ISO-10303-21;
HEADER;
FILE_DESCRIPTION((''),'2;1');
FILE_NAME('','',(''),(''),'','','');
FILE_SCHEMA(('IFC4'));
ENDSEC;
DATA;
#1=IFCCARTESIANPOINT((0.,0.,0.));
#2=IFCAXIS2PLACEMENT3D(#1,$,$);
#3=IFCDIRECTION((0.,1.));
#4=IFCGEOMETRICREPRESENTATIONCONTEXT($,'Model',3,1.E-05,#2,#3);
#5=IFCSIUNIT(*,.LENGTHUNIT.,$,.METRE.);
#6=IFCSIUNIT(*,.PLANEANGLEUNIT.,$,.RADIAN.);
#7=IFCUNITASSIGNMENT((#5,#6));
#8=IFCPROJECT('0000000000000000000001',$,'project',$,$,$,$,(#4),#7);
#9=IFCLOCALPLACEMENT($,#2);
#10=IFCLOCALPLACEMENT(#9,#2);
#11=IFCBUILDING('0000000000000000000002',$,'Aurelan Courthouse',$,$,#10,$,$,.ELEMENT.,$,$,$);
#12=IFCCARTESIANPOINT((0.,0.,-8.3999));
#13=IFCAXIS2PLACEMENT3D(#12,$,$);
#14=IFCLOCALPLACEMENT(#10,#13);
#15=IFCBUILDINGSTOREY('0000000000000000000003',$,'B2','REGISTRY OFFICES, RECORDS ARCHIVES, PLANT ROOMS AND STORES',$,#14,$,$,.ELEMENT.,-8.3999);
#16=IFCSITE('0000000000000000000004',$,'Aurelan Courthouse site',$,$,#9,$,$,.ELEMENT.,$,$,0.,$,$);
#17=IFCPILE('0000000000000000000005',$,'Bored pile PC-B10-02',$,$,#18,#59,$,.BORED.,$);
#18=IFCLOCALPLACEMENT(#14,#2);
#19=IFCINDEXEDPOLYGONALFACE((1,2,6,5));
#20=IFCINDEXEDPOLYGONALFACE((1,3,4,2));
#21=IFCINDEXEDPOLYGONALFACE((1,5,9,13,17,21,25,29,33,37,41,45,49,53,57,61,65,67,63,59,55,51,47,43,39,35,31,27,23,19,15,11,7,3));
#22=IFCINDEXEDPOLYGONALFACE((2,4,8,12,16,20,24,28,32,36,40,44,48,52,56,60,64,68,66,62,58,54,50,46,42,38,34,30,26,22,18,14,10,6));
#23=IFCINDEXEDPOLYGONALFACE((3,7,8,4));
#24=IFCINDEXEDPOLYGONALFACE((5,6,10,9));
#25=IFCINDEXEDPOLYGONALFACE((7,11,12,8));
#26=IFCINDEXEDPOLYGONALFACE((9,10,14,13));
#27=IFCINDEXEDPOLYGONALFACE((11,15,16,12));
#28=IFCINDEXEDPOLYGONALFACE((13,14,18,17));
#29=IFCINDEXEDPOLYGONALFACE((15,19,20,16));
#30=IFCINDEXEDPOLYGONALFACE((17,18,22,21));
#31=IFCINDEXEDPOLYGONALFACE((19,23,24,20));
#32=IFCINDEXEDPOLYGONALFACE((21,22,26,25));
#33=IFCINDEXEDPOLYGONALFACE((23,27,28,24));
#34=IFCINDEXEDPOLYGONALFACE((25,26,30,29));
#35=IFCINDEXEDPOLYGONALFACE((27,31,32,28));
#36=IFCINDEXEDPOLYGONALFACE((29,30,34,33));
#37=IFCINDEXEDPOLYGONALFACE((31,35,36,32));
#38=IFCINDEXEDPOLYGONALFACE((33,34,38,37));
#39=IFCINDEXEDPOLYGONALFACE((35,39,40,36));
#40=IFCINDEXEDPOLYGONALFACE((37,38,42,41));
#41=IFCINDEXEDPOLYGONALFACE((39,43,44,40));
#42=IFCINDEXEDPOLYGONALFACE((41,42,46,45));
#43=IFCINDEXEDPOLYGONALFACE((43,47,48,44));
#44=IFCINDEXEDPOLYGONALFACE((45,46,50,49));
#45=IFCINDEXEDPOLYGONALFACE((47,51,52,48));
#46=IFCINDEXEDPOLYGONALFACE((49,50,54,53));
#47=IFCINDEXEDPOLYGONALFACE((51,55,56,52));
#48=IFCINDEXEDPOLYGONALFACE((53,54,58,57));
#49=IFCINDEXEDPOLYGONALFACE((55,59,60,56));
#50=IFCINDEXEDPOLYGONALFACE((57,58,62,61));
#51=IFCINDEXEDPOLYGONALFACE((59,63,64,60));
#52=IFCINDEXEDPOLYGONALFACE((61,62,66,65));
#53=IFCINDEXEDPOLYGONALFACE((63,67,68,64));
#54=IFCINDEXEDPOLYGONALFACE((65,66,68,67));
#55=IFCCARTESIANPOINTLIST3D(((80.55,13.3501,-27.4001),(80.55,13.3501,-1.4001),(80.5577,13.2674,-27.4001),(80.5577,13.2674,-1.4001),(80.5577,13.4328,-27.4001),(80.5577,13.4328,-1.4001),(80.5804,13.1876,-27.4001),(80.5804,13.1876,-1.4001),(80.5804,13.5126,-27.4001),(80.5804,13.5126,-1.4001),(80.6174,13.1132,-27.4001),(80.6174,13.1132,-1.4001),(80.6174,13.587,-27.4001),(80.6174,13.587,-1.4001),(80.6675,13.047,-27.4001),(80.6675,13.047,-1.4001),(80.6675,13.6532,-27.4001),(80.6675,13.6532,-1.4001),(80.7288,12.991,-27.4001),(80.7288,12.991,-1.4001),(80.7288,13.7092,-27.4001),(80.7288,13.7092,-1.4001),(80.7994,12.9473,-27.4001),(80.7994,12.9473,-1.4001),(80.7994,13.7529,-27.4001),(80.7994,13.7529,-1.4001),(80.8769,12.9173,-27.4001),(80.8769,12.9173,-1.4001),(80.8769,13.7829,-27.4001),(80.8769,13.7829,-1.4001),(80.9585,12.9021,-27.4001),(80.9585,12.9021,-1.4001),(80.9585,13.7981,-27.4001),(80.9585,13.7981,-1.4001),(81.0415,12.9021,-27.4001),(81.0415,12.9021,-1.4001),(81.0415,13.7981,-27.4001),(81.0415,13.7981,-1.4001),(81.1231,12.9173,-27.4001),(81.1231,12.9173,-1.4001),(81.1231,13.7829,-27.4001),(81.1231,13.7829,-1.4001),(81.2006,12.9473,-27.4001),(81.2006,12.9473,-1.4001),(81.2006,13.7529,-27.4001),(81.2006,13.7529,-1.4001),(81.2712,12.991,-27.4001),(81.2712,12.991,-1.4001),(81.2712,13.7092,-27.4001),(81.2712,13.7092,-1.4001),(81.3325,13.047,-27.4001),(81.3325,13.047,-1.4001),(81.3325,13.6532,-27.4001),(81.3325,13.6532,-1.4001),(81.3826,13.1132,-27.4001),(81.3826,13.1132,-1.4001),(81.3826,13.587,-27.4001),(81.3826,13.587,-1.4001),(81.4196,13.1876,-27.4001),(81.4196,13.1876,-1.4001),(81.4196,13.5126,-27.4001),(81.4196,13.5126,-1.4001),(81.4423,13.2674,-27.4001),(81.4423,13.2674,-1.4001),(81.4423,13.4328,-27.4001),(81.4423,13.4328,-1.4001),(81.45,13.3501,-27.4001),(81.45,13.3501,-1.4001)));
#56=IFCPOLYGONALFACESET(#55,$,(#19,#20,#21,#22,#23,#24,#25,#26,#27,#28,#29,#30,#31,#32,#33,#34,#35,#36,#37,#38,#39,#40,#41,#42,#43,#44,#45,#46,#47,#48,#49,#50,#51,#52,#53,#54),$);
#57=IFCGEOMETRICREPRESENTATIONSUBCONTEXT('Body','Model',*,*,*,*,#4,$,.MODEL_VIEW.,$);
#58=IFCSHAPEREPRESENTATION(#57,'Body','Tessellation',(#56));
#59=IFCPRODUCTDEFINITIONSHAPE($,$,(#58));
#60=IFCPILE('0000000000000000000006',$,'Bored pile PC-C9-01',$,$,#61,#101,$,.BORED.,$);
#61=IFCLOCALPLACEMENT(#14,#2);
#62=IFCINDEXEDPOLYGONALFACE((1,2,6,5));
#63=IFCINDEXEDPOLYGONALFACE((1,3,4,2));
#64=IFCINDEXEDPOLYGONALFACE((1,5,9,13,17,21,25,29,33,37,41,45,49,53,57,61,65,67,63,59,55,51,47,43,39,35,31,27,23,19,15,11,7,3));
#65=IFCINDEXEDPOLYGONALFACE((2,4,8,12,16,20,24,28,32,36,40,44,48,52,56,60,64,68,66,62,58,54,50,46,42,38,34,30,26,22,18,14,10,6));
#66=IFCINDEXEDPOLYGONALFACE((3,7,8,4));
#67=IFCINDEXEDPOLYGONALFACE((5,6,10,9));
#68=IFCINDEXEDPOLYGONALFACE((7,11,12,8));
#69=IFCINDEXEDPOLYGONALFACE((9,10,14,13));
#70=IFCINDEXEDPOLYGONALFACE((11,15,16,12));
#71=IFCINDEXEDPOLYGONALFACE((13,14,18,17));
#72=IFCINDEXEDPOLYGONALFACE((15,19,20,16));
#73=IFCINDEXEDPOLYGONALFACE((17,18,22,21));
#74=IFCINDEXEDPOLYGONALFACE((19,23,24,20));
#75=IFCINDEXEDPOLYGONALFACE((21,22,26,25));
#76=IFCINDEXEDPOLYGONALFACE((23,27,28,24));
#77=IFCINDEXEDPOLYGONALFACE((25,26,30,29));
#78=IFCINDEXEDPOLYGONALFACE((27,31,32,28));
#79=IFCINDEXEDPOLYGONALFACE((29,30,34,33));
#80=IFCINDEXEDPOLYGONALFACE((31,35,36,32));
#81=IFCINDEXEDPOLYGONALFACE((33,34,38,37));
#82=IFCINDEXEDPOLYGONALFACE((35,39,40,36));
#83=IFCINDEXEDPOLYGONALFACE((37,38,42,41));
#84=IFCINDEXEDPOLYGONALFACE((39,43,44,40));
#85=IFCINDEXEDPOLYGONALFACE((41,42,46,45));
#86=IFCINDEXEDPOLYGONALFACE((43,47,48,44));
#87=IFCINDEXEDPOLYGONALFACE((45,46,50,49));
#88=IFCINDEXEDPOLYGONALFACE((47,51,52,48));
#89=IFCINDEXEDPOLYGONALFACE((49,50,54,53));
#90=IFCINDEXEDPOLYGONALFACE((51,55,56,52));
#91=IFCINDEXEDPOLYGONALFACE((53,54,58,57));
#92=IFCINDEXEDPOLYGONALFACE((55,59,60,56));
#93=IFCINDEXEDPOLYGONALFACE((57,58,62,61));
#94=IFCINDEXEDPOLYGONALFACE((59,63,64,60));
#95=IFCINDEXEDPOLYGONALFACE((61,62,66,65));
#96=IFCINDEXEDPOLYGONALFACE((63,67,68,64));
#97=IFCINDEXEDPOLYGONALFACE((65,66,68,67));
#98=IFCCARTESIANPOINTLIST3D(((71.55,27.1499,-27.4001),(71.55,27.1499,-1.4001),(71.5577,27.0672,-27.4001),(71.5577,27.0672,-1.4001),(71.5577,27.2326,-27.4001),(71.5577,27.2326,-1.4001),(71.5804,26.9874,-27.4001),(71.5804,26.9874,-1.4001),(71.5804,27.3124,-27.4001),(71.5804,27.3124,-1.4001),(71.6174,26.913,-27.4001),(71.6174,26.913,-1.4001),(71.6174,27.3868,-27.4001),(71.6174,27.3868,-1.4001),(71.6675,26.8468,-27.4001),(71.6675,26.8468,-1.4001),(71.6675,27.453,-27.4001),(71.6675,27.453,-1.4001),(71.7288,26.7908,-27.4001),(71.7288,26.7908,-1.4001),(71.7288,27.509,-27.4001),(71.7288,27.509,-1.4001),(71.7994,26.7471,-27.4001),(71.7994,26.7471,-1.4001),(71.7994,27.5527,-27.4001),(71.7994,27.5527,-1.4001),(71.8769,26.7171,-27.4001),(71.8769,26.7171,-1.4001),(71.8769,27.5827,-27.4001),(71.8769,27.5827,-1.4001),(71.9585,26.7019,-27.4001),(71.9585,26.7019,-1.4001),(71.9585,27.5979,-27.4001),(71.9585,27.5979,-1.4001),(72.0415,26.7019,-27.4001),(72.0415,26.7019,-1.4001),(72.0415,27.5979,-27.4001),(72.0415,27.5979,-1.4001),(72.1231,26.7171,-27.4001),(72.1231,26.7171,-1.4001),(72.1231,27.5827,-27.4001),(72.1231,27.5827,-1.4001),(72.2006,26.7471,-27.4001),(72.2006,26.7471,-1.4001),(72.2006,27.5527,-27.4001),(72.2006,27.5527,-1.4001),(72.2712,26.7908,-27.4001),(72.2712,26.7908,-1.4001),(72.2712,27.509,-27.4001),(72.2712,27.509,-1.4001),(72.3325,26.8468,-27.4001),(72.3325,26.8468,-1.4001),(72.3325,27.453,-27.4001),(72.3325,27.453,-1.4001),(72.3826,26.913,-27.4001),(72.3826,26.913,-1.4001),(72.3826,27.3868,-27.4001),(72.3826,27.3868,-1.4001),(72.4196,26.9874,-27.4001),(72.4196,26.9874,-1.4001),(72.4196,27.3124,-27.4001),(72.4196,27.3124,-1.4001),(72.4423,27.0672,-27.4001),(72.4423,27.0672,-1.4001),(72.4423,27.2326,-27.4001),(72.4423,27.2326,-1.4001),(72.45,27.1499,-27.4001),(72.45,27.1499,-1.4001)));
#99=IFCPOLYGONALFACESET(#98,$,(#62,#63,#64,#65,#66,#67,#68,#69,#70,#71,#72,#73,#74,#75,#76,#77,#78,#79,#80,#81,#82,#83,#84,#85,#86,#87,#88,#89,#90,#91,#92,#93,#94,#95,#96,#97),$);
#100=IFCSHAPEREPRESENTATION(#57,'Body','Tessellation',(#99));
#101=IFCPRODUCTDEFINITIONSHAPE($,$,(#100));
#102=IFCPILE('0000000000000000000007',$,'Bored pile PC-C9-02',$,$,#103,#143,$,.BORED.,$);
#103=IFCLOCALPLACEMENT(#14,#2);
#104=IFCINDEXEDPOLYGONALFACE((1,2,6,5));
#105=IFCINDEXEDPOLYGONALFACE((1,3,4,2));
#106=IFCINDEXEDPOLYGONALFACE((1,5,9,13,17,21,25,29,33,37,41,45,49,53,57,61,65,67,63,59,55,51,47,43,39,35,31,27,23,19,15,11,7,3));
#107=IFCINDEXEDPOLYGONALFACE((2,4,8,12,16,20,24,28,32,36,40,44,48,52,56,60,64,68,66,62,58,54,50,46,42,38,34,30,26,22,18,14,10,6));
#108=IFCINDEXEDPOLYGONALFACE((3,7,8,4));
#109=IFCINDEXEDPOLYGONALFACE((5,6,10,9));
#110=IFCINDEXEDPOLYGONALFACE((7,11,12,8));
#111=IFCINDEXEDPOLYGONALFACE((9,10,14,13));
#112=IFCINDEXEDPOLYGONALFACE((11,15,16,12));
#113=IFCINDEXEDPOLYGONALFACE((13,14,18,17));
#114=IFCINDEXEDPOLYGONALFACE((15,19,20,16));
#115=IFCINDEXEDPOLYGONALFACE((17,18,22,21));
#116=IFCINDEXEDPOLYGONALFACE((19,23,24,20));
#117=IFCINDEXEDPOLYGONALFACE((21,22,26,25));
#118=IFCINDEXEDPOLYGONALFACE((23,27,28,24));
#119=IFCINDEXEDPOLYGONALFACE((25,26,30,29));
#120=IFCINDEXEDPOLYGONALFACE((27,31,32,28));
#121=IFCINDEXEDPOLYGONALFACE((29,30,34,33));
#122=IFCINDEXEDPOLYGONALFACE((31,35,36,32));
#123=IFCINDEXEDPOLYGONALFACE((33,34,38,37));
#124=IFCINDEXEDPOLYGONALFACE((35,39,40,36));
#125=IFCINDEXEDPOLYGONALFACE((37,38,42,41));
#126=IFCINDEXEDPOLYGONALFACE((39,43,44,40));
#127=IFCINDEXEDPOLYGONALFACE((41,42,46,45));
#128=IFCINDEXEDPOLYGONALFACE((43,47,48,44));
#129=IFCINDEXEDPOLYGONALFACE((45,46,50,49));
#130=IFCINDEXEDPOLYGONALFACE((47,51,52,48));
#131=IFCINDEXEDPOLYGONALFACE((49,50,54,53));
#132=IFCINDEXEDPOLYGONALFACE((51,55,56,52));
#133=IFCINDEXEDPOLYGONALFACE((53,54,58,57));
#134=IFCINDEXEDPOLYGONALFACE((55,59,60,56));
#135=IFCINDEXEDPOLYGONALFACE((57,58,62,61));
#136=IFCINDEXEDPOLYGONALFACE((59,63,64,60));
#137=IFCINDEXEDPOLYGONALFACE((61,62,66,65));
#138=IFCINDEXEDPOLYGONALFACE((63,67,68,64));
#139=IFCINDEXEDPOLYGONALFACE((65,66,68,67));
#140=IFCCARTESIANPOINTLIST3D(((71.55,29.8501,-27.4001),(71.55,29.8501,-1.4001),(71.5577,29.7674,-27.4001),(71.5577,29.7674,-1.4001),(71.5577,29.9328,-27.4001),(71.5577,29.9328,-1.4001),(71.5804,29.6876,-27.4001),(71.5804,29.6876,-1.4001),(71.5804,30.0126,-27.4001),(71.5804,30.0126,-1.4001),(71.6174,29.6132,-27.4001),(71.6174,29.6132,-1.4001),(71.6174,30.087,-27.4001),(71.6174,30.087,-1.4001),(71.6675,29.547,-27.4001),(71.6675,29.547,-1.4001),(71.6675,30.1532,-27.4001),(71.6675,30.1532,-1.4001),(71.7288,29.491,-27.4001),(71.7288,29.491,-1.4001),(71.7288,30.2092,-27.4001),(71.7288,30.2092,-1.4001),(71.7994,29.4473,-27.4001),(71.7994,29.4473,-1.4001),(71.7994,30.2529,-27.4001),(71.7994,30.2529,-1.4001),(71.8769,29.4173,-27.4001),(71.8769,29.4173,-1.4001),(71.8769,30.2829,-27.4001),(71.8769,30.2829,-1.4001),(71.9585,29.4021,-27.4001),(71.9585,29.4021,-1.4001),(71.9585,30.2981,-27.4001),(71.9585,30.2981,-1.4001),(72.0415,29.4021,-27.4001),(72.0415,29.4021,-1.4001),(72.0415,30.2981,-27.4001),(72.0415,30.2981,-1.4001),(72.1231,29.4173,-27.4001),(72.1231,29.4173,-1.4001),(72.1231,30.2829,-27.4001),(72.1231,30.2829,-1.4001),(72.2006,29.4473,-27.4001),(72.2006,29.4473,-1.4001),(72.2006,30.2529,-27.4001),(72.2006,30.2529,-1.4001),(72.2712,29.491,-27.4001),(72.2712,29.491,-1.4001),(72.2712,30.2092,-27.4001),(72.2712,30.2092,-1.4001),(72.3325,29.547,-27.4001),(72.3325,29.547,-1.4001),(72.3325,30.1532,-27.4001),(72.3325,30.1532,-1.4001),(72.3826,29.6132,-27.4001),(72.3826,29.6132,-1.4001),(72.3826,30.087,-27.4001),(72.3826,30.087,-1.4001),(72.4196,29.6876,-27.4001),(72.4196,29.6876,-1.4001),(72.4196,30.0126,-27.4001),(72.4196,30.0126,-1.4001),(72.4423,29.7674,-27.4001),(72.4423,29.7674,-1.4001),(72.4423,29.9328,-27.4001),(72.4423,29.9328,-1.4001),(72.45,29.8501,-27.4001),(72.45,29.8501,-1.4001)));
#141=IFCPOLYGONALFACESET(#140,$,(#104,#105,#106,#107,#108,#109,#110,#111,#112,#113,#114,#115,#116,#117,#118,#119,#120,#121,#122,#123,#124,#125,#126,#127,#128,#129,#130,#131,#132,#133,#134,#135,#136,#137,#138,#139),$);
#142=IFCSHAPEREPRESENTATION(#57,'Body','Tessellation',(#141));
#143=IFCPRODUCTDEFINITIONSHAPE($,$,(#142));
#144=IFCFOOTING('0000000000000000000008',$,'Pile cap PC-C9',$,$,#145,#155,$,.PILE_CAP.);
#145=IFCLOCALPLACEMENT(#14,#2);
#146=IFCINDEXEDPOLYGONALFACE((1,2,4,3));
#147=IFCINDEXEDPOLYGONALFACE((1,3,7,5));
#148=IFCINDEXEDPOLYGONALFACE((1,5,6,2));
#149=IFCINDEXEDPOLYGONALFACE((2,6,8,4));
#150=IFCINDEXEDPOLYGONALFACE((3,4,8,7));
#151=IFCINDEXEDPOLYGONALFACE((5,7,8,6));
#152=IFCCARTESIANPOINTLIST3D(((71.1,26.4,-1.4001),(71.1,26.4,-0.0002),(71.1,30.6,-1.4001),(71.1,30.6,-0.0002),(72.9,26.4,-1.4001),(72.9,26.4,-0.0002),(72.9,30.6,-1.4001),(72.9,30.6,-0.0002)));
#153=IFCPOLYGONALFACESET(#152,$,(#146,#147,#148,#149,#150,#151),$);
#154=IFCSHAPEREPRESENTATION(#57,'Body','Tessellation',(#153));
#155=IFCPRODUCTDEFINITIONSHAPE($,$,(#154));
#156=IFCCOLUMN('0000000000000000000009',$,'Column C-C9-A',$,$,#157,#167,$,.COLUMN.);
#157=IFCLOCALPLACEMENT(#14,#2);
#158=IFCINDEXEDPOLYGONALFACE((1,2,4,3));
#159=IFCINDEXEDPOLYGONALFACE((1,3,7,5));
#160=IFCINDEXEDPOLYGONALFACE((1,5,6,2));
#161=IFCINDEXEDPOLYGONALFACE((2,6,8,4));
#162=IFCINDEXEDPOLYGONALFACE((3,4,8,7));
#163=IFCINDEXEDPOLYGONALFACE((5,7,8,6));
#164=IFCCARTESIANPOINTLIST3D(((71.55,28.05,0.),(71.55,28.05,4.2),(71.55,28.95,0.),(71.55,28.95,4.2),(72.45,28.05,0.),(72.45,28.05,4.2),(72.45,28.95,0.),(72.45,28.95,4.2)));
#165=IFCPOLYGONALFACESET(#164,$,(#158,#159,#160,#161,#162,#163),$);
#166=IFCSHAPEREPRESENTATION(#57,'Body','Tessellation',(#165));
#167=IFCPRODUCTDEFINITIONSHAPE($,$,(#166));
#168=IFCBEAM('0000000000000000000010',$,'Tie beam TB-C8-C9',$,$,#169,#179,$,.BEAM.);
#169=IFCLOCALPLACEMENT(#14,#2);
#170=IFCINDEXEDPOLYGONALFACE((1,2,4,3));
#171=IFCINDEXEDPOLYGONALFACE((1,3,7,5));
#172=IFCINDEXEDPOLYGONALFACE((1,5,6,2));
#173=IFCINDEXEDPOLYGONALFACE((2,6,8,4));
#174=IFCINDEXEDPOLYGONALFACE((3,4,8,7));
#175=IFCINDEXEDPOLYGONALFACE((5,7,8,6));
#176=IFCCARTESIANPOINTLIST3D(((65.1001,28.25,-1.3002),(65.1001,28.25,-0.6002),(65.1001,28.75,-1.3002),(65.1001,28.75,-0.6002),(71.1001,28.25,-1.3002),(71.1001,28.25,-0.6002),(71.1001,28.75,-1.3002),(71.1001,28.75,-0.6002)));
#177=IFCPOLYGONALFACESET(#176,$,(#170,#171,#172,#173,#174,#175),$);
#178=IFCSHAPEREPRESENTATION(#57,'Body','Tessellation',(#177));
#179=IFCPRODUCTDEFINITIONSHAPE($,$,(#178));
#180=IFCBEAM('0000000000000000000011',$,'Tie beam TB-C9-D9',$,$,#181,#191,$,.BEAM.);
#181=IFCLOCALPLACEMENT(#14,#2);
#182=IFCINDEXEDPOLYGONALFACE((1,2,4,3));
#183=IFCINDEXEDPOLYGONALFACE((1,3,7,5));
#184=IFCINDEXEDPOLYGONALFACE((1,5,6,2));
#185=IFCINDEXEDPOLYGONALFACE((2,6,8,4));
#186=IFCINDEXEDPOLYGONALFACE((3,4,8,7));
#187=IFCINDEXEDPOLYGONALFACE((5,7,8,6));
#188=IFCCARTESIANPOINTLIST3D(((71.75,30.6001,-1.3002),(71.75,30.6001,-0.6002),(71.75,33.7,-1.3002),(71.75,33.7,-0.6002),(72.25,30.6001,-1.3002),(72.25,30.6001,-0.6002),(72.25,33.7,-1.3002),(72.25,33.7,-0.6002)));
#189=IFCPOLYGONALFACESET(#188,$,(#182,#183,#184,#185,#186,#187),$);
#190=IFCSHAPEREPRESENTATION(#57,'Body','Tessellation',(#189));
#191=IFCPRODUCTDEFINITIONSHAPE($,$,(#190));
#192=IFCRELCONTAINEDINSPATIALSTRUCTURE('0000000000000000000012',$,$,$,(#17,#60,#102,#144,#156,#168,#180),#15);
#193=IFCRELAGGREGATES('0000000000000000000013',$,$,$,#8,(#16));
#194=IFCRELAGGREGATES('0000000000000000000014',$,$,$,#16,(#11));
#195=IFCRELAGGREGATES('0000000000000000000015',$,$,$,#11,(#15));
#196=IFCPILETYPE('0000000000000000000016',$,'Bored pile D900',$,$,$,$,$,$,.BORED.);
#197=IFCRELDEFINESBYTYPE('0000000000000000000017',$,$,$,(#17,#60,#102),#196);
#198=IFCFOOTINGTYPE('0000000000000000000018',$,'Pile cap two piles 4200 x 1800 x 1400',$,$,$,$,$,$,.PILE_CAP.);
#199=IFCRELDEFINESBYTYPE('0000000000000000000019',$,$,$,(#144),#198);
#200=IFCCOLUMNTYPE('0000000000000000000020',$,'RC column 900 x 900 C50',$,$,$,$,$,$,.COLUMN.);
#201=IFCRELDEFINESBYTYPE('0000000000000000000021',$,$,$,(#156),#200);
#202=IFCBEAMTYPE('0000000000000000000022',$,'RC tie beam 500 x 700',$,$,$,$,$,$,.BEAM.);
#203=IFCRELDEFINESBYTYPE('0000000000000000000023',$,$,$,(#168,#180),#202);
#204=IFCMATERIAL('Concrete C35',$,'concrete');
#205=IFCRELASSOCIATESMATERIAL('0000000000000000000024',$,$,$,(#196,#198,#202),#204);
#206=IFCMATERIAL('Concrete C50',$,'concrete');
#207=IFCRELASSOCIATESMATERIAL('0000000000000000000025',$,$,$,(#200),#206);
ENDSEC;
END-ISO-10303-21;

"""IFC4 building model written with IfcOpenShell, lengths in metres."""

from ifc_helpers import new_model, si_unit, direction, frame, origin, origin_2d, place, context, subcontext, project, spatial, rectangle, circle, extrude, material, material_profile, profile_set, type_object, element, save


model = new_model("IFC4")

# Units and contexts
model_context = context("Model", 3, precision=1e-05, world=origin(), true_north=direction((0.0, 1.0)))
body_context = subcontext(model_context, "Body", "Model", "MODEL_VIEW")
ifc_project = project(units=[si_unit("LENGTHUNIT", "METRE"), si_unit("PLANEANGLEUNIT", "RADIAN")], contexts=[model_context])

# Site, building, storey
site_placement = place(None, origin())
site = spatial("IfcSite", under=ifc_project, at=site_placement, Name="Aurelan Courthouse site", CompositionType="ELEMENT", RefElevation=0.0)
building_placement = place(site_placement, origin())
building = spatial("IfcBuilding", under=site, at=building_placement, Name="Aurelan Courthouse", CompositionType="ELEMENT")
storey_placement = place(building_placement, frame((0.0, 0.0, -8.3999)))
storey = spatial("IfcBuildingStorey", under=building, at=storey_placement, Name="B2", Description="REGISTRY OFFICES, RECORDS ARCHIVES, PLANT ROOMS AND STORES", CompositionType="ELEMENT", Elevation=-8.3999)

# Piles
ifc_material_1 = material(Name="Concrete C35", Category="concrete")
ifc_material_profile_1 = material_profile(ifc_material_1, circle(Radius=0.45, at=origin_2d()), Name="D900")
ifc_profile_set_1 = profile_set([ifc_material_profile_1], Name="Concrete C35")
pile_type_1 = type_object("IfcPileType", Name="Bored pile D900", PredefinedType="BORED", material=ifc_profile_set_1)
for number, where, z_axis, x_axis, name in (
    (1, (81.0, 13.3501, -1.4001), (0.0, 0.0, -1.0), (1.0, 0.0, 0.0), "Bored pile PC-B10-02"),
    (2, (72.0, 27.1499, -1.4001), (0.0, 0.0, -1.0), (1.0, 0.0, 0.0), "Bored pile PC-C9-01"),
    (3, (72.0, 29.8501, -1.4001), (0.0, 0.0, -1.0), (1.0, 0.0, 0.0), "Bored pile PC-C9-02"),
):
    element("IfcPile", number, at=place(storey_placement, frame(where, z_axis=z_axis, x_axis=x_axis)), inside=storey, type_object=pile_type_1, Name=name, PredefinedType="BORED", context=body_context, shape_type="SweptSolid", body=[
        extrude(circle(Radius=0.45, at=origin_2d()), origin(), (0.0, 0.0, 1.0), 26.0),
    ])

# Footing
footing_type = type_object("IfcFootingType", Name="Pile cap two piles 4200 x 1800 x 1400", PredefinedType="PILE_CAP", material=ifc_material_1)
footing_placement = place(storey_placement, frame((72.0, 28.5, -1.4001), z_axis=(0.0, 0.0, 1.0), x_axis=(0.0, 1.0, 0.0)))
element("IfcFooting", 4, at=footing_placement, inside=storey, type_object=footing_type, Name="Pile cap PC-C9", PredefinedType="PILE_CAP", context=body_context, shape_type="SweptSolid", body=[
    extrude(rectangle(XDim=4.2, YDim=1.8, at=origin_2d()), origin(), (0.0, 0.0, 1.0), 1.3999),
])

# Column
ifc_material_2 = material(Name="Concrete C50", Category="concrete")
ifc_material_profile_2 = material_profile(ifc_material_2, rectangle(XDim=0.8999, YDim=0.8999, at=origin_2d()), Name="RC 900 x 900")
ifc_profile_set_2 = profile_set([ifc_material_profile_2], Name="Concrete C50")
column_type = type_object("IfcColumnType", Name="RC column 900 x 900 C50", PredefinedType="COLUMN", material=ifc_profile_set_2)
column_placement = place(storey_placement, frame((72.0, 28.5, 0.0), z_axis=(0.0, 0.0, 1.0), x_axis=(1.0, 0.0, 0.0)))
element("IfcColumn", 5, at=column_placement, inside=storey, type_object=column_type, Name="Column C-C9-A", PredefinedType="COLUMN", context=body_context, shape_type="SweptSolid", body=[
    extrude(rectangle(XDim=0.8999, YDim=0.8999, at=origin_2d()), origin(), (0.0, 0.0, 1.0), 4.2),
])

# Beams
ifc_material_profile_3 = material_profile(ifc_material_1, rectangle(XDim=0.5, YDim=0.7, at=origin_2d()), Name="RC 500 x 700")
ifc_profile_set_3 = profile_set([ifc_material_profile_3], Name="Concrete C35")
beam_type_1 = type_object("IfcBeamType", Name="RC tie beam 500 x 700", PredefinedType="BEAM", material=ifc_profile_set_3)
beam_1_placement = place(storey_placement, frame((65.1001, 28.5, -0.9502), z_axis=(1.0, 0.0, 0.0), x_axis=(0.0, 1.0, 0.0)))
element("IfcBeam", 6, at=beam_1_placement, inside=storey, type_object=beam_type_1, Name="Tie beam TB-C8-C9", PredefinedType="BEAM", context=body_context, shape_type="SweptSolid", body=[
    extrude(rectangle(XDim=0.5, YDim=0.7, at=origin_2d()), origin(), (0.0, 0.0, 1.0), 6.0),
])
beam_2_placement = place(storey_placement, frame((72.0, 30.6001, -0.9502), z_axis=(0.0, 1.0, 0.0), x_axis=(-1.0, 0.0, 0.0)))
element("IfcBeam", 7, at=beam_2_placement, inside=storey, type_object=beam_type_1, Name="Tie beam TB-C9-D9", PredefinedType="BEAM", context=body_context, shape_type="SweptSolid", body=[
    extrude(rectangle(XDim=0.5, YDim=0.7, at=origin_2d()), origin(), (0.0, 0.0, 1.0), 3.0999),
])

save(model, "model.ifc")
